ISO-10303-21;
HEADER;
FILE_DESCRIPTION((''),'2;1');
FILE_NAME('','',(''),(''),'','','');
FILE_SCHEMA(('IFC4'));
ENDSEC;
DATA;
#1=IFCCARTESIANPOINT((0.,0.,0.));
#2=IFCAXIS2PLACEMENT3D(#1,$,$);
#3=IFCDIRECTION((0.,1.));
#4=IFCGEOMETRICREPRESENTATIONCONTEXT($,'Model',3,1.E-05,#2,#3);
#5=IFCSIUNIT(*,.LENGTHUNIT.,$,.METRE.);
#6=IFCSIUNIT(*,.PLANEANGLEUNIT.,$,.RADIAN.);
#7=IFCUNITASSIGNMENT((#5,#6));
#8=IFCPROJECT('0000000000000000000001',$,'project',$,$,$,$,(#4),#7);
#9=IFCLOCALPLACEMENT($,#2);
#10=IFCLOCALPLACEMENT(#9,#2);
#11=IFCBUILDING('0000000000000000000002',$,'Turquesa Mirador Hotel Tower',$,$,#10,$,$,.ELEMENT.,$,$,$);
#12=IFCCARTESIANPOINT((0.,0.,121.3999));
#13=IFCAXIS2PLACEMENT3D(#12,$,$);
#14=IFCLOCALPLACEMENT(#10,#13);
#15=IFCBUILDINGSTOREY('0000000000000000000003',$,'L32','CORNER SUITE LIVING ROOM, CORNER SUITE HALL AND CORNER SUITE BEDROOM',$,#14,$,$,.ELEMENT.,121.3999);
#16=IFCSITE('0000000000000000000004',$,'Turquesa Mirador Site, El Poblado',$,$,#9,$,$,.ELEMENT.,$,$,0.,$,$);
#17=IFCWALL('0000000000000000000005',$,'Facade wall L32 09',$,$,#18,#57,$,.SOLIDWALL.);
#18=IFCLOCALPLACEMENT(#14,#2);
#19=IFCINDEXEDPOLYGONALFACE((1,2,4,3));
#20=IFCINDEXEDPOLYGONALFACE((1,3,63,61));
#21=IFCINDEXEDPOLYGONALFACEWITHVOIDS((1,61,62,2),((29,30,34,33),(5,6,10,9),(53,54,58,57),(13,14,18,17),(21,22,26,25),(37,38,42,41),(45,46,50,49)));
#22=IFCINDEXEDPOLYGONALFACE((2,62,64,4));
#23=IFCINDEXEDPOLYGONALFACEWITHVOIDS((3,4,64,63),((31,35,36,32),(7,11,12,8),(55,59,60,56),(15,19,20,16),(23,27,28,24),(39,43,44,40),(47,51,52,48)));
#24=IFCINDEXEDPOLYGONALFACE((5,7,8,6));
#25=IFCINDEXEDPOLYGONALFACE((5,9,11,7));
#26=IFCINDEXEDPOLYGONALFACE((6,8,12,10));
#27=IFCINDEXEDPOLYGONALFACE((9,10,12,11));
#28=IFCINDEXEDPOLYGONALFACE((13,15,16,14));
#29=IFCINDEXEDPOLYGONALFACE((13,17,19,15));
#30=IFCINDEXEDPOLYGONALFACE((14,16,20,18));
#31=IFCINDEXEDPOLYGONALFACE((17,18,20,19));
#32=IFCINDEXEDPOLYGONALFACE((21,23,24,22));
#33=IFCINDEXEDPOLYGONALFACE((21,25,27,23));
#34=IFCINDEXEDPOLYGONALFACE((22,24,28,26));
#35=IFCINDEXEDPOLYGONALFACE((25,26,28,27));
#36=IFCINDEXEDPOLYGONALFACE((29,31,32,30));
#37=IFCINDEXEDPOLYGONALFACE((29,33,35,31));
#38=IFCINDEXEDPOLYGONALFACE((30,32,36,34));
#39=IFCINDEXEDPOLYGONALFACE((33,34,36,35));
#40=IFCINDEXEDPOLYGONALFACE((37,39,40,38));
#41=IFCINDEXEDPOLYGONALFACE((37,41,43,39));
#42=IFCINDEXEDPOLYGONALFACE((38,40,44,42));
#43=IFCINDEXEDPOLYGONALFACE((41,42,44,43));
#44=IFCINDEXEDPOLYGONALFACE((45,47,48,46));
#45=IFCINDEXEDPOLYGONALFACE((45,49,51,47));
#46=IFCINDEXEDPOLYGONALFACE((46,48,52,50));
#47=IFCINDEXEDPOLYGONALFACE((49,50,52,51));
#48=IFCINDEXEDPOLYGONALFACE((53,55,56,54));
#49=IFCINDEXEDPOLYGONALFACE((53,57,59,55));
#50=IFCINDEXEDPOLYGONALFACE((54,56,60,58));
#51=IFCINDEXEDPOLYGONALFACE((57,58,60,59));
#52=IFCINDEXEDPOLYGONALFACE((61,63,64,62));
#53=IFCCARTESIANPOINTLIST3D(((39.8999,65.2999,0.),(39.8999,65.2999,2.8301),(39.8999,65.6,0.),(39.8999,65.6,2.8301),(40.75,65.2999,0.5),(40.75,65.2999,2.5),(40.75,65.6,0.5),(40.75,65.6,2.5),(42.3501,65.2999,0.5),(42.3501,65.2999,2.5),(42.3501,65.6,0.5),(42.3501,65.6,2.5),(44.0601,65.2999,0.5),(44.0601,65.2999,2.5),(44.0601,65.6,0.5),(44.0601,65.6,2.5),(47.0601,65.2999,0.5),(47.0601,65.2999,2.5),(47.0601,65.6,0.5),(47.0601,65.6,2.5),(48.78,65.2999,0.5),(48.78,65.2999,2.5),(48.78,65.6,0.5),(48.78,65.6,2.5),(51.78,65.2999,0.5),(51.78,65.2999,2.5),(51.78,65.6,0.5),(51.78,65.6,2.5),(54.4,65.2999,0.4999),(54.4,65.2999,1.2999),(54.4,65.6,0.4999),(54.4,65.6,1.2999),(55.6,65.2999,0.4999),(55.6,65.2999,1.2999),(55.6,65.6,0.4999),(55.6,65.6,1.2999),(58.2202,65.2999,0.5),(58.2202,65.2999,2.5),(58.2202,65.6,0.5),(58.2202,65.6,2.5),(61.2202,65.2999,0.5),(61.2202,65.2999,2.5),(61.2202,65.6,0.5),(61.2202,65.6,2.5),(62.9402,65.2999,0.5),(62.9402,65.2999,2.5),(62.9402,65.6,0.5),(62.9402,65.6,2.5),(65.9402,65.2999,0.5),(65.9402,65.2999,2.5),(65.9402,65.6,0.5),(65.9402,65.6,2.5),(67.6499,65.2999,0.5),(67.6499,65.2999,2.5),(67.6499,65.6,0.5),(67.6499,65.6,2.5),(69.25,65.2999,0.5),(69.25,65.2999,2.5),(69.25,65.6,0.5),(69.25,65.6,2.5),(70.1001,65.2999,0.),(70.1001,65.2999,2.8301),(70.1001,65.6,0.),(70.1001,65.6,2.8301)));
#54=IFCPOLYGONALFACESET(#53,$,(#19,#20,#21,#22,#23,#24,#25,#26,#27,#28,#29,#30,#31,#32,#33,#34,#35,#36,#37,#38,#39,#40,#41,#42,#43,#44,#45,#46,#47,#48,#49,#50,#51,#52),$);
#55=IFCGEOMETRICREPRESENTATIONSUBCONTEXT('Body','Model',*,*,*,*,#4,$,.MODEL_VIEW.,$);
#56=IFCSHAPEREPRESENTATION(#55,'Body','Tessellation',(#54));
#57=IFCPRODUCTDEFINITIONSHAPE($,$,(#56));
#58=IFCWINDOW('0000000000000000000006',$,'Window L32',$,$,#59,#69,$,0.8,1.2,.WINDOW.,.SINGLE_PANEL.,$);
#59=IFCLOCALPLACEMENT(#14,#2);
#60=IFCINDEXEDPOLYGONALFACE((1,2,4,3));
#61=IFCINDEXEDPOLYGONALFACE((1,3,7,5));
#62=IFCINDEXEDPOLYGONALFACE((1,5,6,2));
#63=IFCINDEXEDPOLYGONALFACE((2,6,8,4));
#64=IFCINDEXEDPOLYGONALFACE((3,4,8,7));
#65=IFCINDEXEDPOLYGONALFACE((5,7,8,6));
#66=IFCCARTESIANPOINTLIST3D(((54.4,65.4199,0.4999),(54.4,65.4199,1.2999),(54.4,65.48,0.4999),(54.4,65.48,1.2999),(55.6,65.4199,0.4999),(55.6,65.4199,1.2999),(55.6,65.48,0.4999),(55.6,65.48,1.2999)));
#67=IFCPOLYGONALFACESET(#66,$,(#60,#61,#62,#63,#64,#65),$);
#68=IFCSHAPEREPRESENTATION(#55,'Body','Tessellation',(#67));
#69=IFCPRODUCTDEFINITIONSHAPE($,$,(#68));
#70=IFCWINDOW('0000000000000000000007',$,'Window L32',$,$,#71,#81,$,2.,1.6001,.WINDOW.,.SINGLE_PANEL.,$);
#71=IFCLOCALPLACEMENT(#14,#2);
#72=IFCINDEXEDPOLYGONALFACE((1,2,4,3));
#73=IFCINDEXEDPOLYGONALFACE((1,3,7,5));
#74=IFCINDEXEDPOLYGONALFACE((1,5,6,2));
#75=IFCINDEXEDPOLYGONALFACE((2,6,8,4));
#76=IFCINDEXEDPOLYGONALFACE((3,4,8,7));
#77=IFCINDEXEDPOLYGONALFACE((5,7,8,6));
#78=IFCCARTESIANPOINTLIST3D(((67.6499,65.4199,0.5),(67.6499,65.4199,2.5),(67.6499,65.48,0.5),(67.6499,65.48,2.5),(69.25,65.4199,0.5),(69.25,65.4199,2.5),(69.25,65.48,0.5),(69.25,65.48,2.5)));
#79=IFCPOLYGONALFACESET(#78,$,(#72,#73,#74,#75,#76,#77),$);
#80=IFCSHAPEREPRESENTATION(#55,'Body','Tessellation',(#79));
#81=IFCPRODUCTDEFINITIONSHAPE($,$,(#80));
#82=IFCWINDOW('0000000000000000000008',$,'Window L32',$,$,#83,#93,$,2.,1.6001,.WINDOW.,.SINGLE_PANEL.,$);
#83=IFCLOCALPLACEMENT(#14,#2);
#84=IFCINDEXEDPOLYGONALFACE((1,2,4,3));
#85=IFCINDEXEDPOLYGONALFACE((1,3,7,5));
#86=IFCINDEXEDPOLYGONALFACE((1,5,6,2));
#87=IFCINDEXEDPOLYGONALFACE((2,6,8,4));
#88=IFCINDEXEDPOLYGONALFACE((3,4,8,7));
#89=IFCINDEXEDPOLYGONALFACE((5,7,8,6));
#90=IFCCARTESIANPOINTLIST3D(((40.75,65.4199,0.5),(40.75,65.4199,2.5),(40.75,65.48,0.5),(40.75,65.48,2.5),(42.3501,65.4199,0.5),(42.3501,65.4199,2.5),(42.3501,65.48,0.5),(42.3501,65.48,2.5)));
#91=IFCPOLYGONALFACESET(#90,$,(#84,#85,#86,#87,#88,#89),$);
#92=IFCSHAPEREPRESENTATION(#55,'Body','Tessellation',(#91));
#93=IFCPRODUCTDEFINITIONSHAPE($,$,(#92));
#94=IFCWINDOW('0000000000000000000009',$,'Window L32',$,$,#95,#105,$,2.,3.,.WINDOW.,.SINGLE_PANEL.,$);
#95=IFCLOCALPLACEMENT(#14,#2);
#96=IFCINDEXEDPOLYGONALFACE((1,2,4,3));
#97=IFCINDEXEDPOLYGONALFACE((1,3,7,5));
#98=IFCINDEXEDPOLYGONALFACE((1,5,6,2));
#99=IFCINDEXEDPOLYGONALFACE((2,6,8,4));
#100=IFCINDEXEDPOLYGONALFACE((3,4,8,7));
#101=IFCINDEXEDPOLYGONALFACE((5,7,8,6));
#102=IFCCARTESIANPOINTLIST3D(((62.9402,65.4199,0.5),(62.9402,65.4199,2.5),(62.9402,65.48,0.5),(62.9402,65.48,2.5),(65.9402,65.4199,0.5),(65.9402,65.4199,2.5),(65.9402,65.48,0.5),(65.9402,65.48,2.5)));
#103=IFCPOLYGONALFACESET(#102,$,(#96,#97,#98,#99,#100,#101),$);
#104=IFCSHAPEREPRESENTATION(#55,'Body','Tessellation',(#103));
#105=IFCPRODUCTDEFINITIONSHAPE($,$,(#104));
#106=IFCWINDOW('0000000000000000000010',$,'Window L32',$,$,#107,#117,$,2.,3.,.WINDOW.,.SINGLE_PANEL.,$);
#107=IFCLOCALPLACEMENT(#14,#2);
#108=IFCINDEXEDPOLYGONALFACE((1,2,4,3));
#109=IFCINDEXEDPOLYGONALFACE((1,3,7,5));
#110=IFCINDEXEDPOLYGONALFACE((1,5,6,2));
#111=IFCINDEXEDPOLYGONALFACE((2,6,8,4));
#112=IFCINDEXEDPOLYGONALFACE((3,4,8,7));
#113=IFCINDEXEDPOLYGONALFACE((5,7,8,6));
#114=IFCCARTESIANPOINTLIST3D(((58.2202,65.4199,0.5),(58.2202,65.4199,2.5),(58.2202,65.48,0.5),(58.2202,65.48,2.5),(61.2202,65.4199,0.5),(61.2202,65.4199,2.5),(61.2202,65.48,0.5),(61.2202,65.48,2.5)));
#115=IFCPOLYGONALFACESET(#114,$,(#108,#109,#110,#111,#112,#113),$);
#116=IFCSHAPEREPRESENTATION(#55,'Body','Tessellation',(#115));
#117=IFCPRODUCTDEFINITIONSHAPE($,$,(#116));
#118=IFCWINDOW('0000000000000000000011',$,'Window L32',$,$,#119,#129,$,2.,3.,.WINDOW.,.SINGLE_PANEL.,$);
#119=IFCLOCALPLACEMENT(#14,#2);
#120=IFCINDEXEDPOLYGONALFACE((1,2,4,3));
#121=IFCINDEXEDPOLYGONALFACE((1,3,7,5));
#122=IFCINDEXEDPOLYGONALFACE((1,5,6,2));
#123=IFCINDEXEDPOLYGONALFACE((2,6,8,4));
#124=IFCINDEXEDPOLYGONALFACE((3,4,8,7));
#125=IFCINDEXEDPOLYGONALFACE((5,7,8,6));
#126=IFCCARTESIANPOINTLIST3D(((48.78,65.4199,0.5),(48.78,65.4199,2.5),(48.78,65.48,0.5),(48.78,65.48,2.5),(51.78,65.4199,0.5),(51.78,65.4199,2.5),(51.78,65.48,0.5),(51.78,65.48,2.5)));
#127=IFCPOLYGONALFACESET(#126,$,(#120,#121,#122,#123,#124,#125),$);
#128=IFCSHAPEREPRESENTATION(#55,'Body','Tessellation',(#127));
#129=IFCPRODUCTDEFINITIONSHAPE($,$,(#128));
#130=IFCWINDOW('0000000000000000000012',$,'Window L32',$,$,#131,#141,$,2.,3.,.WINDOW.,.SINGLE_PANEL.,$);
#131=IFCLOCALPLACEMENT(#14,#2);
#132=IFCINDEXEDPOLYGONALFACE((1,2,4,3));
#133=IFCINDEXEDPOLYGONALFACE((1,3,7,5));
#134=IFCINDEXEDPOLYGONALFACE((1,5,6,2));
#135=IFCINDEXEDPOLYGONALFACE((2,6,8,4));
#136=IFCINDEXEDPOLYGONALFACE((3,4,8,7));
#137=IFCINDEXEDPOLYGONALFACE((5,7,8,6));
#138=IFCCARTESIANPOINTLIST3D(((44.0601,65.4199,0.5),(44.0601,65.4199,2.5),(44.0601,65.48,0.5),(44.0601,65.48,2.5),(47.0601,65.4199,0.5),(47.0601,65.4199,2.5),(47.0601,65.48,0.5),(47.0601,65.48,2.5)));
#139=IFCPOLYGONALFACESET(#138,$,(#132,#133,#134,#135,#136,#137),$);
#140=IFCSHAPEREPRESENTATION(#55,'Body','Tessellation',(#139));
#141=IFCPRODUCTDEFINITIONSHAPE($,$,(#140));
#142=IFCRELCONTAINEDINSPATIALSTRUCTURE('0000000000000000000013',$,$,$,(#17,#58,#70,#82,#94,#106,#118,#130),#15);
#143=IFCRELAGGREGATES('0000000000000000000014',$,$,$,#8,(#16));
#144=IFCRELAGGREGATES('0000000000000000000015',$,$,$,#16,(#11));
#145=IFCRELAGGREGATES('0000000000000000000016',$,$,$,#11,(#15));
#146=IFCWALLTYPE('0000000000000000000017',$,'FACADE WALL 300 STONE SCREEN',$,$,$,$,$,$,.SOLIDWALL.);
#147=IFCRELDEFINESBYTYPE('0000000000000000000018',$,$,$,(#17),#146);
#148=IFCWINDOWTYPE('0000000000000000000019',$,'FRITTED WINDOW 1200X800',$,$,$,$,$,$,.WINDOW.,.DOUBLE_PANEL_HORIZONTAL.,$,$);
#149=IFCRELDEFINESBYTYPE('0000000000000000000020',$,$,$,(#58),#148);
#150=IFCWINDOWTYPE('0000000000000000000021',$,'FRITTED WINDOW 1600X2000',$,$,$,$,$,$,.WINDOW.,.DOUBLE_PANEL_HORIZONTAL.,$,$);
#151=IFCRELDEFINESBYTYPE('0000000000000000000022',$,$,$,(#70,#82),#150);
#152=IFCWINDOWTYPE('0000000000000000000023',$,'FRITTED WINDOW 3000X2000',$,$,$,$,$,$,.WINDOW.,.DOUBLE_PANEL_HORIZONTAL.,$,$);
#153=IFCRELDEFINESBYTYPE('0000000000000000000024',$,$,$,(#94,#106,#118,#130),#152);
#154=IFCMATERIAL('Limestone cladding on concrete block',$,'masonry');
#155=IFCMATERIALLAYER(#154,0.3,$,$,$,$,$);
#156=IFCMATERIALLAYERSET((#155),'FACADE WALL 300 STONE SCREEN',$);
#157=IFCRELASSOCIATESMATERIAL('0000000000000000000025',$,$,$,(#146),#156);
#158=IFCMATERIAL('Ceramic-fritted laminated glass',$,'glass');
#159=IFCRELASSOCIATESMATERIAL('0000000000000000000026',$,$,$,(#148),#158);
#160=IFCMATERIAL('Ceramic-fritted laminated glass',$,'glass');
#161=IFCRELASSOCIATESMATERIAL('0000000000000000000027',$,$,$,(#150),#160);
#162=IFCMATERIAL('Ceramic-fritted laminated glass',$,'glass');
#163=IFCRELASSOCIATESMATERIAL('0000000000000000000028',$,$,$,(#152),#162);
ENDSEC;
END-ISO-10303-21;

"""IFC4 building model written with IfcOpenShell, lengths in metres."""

from ifc_helpers import new_model, si_unit, direction, frame, frame_2d, origin, place, context, subcontext, project, spatial, rectangle, extrude, material, layer, layer_set, type_object, element, fill, save


model = new_model("IFC4")

# Units and contexts
model_context = context("Model", 3, precision=1e-05, world=origin(), true_north=direction((0.0, 1.0)))
body_context = subcontext(model_context, "Body", "Model", "MODEL_VIEW")
ifc_project = project(units=[si_unit("LENGTHUNIT", "METRE"), si_unit("PLANEANGLEUNIT", "RADIAN")], contexts=[model_context])

# Site, building, storey
site_placement = place(None, origin())
site = spatial("IfcSite", under=ifc_project, at=site_placement, Name="Turquesa Mirador Site, El Poblado", CompositionType="ELEMENT", RefElevation=0.0)
building_placement = place(site_placement, origin())
building = spatial("IfcBuilding", under=site, at=building_placement, Name="Turquesa Mirador Hotel Tower", CompositionType="ELEMENT")
storey_placement = place(building_placement, frame((0.0, 0.0, 121.3999)))
storey = spatial("IfcBuildingStorey", under=building, at=storey_placement, Name="L32", Description="CORNER SUITE LIVING ROOM, CORNER SUITE HALL AND CORNER SUITE BEDROOM", CompositionType="ELEMENT", Elevation=121.3999)

# Shared definitions
ifc_material_1 = material(Name="Limestone cladding on concrete block", Category="masonry")
ifc_layer = layer(ifc_material_1, 0.3)
ifc_layer_set = layer_set([ifc_layer], Name="FACADE WALL 300 STONE SCREEN")
wall_type = type_object("IfcWallType", Name="FACADE WALL 300 STONE SCREEN", PredefinedType="SOLIDWALL", material=ifc_layer_set)

# Wall, openings, windows
wall_1_placement = place(storey_placement, frame((70.1001, 65.45, 0.0), z_axis=(0.0, 0.0, 1.0), x_axis=(-1.0, 0.0, 0.0)))
wall_1 = element("IfcWall", 1, at=wall_1_placement, inside=storey, type_object=wall_type, Name="Facade wall L32 09", PredefinedType="SOLIDWALL", context=body_context, shape_type="SweptSolid", body=[
    extrude(rectangle(XDim=30.2002, YDim=0.3, at=frame_2d((15.1001, 0.0))), origin(), (0.0, 0.0, 1.0), 2.8301),
])
opening_1_placement = place(wall_1_placement, frame((0.8501, 0.0, 0.5)))
opening_1 = element("IfcOpeningElement", 2, at=opening_1_placement, cuts=wall_1, PredefinedType="OPENING", context=body_context, shape_type="SweptSolid", body=[
    extrude(rectangle(XDim=1.6001, YDim=2.0, at=frame_2d((0.8, 1.0))), frame((0.0, 0.1599, 0.0), z_axis=(0.0, -1.0, 0.0), x_axis=(1.0, 0.0, 0.0)), (0.0, 0.0, 1.0), 0.3201),
])
opening_2_placement = place(wall_1_placement, frame((4.1599, 0.0, 0.5)))
opening_2 = element("IfcOpeningElement", 3, at=opening_2_placement, cuts=wall_1, PredefinedType="OPENING", context=body_context, shape_type="SweptSolid", body=[
    extrude(rectangle(XDim=3.0, YDim=2.0, at=frame_2d((1.5, 1.0))), frame((0.0, 0.1599, 0.0), z_axis=(0.0, -1.0, 0.0), x_axis=(1.0, 0.0, 0.0)), (0.0, 0.0, 1.0), 0.3201),
])
opening_3_placement = place(wall_1_placement, frame((8.8799, 0.0, 0.5)))
opening_3 = element("IfcOpeningElement", 4, at=opening_3_placement, cuts=wall_1, PredefinedType="OPENING", context=body_context, shape_type="SweptSolid", body=[
    extrude(rectangle(XDim=3.0, YDim=2.0, at=frame_2d((1.5, 1.0))), frame((0.0, 0.1599, 0.0), z_axis=(0.0, -1.0, 0.0), x_axis=(1.0, 0.0, 0.0)), (0.0, 0.0, 1.0), 0.3201),
])
opening_4_placement = place(wall_1_placement, frame((14.5, 0.0, 0.5)))
opening_4 = element("IfcOpeningElement", 5, at=opening_4_placement, cuts=wall_1, PredefinedType="OPENING", context=body_context, shape_type="SweptSolid", body=[
    extrude(rectangle(XDim=1.2, YDim=0.8, at=frame_2d((0.6001, 0.3999))), frame((0.0, 0.1599, 0.0), z_axis=(0.0, -1.0, 0.0), x_axis=(1.0, 0.0, 0.0)), (0.0, 0.0, 1.0), 0.3201),
])
opening_5_placement = place(wall_1_placement, frame((18.3201, 0.0, 0.5)))
opening_5 = element("IfcOpeningElement", 6, at=opening_5_placement, cuts=wall_1, PredefinedType="OPENING", context=body_context, shape_type="SweptSolid", body=[
    extrude(rectangle(XDim=3.0, YDim=2.0, at=frame_2d((1.5, 1.0))), frame((0.0, 0.1599, 0.0), z_axis=(0.0, -1.0, 0.0), x_axis=(1.0, 0.0, 0.0)), (0.0, 0.0, 1.0), 0.3201),
])
opening_6_placement = place(wall_1_placement, frame((23.04, 0.0, 0.5)))
opening_6 = element("IfcOpeningElement", 7, at=opening_6_placement, cuts=wall_1, PredefinedType="OPENING", context=body_context, shape_type="SweptSolid", body=[
    extrude(rectangle(XDim=3.0, YDim=2.0, at=frame_2d((1.5, 1.0))), frame((0.0, 0.1599, 0.0), z_axis=(0.0, -1.0, 0.0), x_axis=(1.0, 0.0, 0.0)), (0.0, 0.0, 1.0), 0.3201),
])
opening_7_placement = place(wall_1_placement, frame((27.75, 0.0, 0.5)))
opening_7 = element("IfcOpeningElement", 8, at=opening_7_placement, cuts=wall_1, PredefinedType="OPENING", context=body_context, shape_type="SweptSolid", body=[
    extrude(rectangle(XDim=1.6001, YDim=2.0, at=frame_2d((0.8, 1.0))), frame((0.0, 0.1599, 0.0), z_axis=(0.0, -1.0, 0.0), x_axis=(1.0, 0.0, 0.0)), (0.0, 0.0, 1.0), 0.3201),
])
ifc_material_2 = material(Name="Ceramic-fritted laminated glass", Category="glass")
window_type_1 = type_object("IfcWindowType", Name="FRITTED WINDOW 1200X800", PartitioningType="DOUBLE_PANEL_HORIZONTAL", PredefinedType="WINDOW", material=ifc_material_2)
window_1_placement = place(opening_4_placement, origin())
window_1 = element("IfcWindow", 9, at=window_1_placement, inside=storey, type_object=window_type_1, Name="Window L32", OverallHeight=0.8, OverallWidth=1.2, PartitioningType="SINGLE_PANEL", PredefinedType="WINDOW", context=body_context, shape_type="SweptSolid", body=[
    extrude(rectangle(XDim=1.2, YDim=0.8, at=frame_2d((0.6001, 0.3999))), frame((0.0, 0.03, 0.0), z_axis=(0.0, -1.0, 0.0), x_axis=(1.0, 0.0, 0.0)), (0.0, 0.0, 1.0), 0.0601),
])
fill(opening_4, window_1)
ifc_material_3 = material(Name="Ceramic-fritted laminated glass", Category="glass")
window_type_2 = type_object("IfcWindowType", Name="FRITTED WINDOW 1600X2000", PartitioningType="DOUBLE_PANEL_HORIZONTAL", PredefinedType="WINDOW", material=ifc_material_3)
window_2_placement = place(opening_1_placement, origin())
window_2 = element("IfcWindow", 10, at=window_2_placement, inside=storey, type_object=window_type_2, Name="Window L32", OverallHeight=2.0, OverallWidth=1.6001, PartitioningType="SINGLE_PANEL", PredefinedType="WINDOW", context=body_context, shape_type="SweptSolid", body=[
    extrude(rectangle(XDim=1.6001, YDim=2.0, at=frame_2d((0.8, 1.0))), frame((0.0, 0.03, 0.0), z_axis=(0.0, -1.0, 0.0), x_axis=(1.0, 0.0, 0.0)), (0.0, 0.0, 1.0), 0.0601),
])
fill(opening_1, window_2)
window_3_placement = place(opening_7_placement, origin())
window_3 = element("IfcWindow", 11, at=window_3_placement, inside=storey, type_object=window_type_2, Name="Window L32", OverallHeight=2.0, OverallWidth=1.6001, PartitioningType="SINGLE_PANEL", PredefinedType="WINDOW", context=body_context, shape_type="SweptSolid", body=[
    extrude(rectangle(XDim=1.6001, YDim=2.0, at=frame_2d((0.8, 1.0))), frame((0.0, 0.03, 0.0), z_axis=(0.0, -1.0, 0.0), x_axis=(1.0, 0.0, 0.0)), (0.0, 0.0, 1.0), 0.0601),
])
fill(opening_7, window_3)
ifc_material_4 = material(Name="Ceramic-fritted laminated glass", Category="glass")
window_type_3 = type_object("IfcWindowType", Name="FRITTED WINDOW 3000X2000", PartitioningType="DOUBLE_PANEL_HORIZONTAL", PredefinedType="WINDOW", material=ifc_material_4)
window_4_placement = place(opening_2_placement, origin())
window_4 = element("IfcWindow", 12, at=window_4_placement, inside=storey, type_object=window_type_3, Name="Window L32", OverallHeight=2.0, OverallWidth=3.0, PartitioningType="SINGLE_PANEL", PredefinedType="WINDOW", context=body_context, shape_type="SweptSolid", body=[
    extrude(rectangle(XDim=3.0, YDim=2.0, at=frame_2d((1.5, 1.0))), frame((0.0, 0.03, 0.0), z_axis=(0.0, -1.0, 0.0), x_axis=(1.0, 0.0, 0.0)), (0.0, 0.0, 1.0), 0.0601),
])
fill(opening_2, window_4)
window_5_placement = place(opening_3_placement, origin())
window_5 = element("IfcWindow", 13, at=window_5_placement, inside=storey, type_object=window_type_3, Name="Window L32", OverallHeight=2.0, OverallWidth=3.0, PartitioningType="SINGLE_PANEL", PredefinedType="WINDOW", context=body_context, shape_type="SweptSolid", body=[
    extrude(rectangle(XDim=3.0, YDim=2.0, at=frame_2d((1.5, 1.0))), frame((0.0, 0.03, 0.0), z_axis=(0.0, -1.0, 0.0), x_axis=(1.0, 0.0, 0.0)), (0.0, 0.0, 1.0), 0.0601),
])
fill(opening_3, window_5)
window_6_placement = place(opening_5_placement, origin())
window_6 = element("IfcWindow", 14, at=window_6_placement, inside=storey, type_object=window_type_3, Name="Window L32", OverallHeight=2.0, OverallWidth=3.0, PartitioningType="SINGLE_PANEL", PredefinedType="WINDOW", context=body_context, shape_type="SweptSolid", body=[
    extrude(rectangle(XDim=3.0, YDim=2.0, at=frame_2d((1.5, 1.0))), frame((0.0, 0.03, 0.0), z_axis=(0.0, -1.0, 0.0), x_axis=(1.0, 0.0, 0.0)), (0.0, 0.0, 1.0), 0.0601),
])
fill(opening_5, window_6)
window_7_placement = place(opening_6_placement, origin())
window_7 = element("IfcWindow", 15, at=window_7_placement, inside=storey, type_object=window_type_3, Name="Window L32", OverallHeight=2.0, OverallWidth=3.0, PartitioningType="SINGLE_PANEL", PredefinedType="WINDOW", context=body_context, shape_type="SweptSolid", body=[
    extrude(rectangle(XDim=3.0, YDim=2.0, at=frame_2d((1.5, 1.0))), frame((0.0, 0.03, 0.0), z_axis=(0.0, -1.0, 0.0), x_axis=(1.0, 0.0, 0.0)), (0.0, 0.0, 1.0), 0.0601),
])
fill(opening_6, window_7)

save(model, "model.ifc")
